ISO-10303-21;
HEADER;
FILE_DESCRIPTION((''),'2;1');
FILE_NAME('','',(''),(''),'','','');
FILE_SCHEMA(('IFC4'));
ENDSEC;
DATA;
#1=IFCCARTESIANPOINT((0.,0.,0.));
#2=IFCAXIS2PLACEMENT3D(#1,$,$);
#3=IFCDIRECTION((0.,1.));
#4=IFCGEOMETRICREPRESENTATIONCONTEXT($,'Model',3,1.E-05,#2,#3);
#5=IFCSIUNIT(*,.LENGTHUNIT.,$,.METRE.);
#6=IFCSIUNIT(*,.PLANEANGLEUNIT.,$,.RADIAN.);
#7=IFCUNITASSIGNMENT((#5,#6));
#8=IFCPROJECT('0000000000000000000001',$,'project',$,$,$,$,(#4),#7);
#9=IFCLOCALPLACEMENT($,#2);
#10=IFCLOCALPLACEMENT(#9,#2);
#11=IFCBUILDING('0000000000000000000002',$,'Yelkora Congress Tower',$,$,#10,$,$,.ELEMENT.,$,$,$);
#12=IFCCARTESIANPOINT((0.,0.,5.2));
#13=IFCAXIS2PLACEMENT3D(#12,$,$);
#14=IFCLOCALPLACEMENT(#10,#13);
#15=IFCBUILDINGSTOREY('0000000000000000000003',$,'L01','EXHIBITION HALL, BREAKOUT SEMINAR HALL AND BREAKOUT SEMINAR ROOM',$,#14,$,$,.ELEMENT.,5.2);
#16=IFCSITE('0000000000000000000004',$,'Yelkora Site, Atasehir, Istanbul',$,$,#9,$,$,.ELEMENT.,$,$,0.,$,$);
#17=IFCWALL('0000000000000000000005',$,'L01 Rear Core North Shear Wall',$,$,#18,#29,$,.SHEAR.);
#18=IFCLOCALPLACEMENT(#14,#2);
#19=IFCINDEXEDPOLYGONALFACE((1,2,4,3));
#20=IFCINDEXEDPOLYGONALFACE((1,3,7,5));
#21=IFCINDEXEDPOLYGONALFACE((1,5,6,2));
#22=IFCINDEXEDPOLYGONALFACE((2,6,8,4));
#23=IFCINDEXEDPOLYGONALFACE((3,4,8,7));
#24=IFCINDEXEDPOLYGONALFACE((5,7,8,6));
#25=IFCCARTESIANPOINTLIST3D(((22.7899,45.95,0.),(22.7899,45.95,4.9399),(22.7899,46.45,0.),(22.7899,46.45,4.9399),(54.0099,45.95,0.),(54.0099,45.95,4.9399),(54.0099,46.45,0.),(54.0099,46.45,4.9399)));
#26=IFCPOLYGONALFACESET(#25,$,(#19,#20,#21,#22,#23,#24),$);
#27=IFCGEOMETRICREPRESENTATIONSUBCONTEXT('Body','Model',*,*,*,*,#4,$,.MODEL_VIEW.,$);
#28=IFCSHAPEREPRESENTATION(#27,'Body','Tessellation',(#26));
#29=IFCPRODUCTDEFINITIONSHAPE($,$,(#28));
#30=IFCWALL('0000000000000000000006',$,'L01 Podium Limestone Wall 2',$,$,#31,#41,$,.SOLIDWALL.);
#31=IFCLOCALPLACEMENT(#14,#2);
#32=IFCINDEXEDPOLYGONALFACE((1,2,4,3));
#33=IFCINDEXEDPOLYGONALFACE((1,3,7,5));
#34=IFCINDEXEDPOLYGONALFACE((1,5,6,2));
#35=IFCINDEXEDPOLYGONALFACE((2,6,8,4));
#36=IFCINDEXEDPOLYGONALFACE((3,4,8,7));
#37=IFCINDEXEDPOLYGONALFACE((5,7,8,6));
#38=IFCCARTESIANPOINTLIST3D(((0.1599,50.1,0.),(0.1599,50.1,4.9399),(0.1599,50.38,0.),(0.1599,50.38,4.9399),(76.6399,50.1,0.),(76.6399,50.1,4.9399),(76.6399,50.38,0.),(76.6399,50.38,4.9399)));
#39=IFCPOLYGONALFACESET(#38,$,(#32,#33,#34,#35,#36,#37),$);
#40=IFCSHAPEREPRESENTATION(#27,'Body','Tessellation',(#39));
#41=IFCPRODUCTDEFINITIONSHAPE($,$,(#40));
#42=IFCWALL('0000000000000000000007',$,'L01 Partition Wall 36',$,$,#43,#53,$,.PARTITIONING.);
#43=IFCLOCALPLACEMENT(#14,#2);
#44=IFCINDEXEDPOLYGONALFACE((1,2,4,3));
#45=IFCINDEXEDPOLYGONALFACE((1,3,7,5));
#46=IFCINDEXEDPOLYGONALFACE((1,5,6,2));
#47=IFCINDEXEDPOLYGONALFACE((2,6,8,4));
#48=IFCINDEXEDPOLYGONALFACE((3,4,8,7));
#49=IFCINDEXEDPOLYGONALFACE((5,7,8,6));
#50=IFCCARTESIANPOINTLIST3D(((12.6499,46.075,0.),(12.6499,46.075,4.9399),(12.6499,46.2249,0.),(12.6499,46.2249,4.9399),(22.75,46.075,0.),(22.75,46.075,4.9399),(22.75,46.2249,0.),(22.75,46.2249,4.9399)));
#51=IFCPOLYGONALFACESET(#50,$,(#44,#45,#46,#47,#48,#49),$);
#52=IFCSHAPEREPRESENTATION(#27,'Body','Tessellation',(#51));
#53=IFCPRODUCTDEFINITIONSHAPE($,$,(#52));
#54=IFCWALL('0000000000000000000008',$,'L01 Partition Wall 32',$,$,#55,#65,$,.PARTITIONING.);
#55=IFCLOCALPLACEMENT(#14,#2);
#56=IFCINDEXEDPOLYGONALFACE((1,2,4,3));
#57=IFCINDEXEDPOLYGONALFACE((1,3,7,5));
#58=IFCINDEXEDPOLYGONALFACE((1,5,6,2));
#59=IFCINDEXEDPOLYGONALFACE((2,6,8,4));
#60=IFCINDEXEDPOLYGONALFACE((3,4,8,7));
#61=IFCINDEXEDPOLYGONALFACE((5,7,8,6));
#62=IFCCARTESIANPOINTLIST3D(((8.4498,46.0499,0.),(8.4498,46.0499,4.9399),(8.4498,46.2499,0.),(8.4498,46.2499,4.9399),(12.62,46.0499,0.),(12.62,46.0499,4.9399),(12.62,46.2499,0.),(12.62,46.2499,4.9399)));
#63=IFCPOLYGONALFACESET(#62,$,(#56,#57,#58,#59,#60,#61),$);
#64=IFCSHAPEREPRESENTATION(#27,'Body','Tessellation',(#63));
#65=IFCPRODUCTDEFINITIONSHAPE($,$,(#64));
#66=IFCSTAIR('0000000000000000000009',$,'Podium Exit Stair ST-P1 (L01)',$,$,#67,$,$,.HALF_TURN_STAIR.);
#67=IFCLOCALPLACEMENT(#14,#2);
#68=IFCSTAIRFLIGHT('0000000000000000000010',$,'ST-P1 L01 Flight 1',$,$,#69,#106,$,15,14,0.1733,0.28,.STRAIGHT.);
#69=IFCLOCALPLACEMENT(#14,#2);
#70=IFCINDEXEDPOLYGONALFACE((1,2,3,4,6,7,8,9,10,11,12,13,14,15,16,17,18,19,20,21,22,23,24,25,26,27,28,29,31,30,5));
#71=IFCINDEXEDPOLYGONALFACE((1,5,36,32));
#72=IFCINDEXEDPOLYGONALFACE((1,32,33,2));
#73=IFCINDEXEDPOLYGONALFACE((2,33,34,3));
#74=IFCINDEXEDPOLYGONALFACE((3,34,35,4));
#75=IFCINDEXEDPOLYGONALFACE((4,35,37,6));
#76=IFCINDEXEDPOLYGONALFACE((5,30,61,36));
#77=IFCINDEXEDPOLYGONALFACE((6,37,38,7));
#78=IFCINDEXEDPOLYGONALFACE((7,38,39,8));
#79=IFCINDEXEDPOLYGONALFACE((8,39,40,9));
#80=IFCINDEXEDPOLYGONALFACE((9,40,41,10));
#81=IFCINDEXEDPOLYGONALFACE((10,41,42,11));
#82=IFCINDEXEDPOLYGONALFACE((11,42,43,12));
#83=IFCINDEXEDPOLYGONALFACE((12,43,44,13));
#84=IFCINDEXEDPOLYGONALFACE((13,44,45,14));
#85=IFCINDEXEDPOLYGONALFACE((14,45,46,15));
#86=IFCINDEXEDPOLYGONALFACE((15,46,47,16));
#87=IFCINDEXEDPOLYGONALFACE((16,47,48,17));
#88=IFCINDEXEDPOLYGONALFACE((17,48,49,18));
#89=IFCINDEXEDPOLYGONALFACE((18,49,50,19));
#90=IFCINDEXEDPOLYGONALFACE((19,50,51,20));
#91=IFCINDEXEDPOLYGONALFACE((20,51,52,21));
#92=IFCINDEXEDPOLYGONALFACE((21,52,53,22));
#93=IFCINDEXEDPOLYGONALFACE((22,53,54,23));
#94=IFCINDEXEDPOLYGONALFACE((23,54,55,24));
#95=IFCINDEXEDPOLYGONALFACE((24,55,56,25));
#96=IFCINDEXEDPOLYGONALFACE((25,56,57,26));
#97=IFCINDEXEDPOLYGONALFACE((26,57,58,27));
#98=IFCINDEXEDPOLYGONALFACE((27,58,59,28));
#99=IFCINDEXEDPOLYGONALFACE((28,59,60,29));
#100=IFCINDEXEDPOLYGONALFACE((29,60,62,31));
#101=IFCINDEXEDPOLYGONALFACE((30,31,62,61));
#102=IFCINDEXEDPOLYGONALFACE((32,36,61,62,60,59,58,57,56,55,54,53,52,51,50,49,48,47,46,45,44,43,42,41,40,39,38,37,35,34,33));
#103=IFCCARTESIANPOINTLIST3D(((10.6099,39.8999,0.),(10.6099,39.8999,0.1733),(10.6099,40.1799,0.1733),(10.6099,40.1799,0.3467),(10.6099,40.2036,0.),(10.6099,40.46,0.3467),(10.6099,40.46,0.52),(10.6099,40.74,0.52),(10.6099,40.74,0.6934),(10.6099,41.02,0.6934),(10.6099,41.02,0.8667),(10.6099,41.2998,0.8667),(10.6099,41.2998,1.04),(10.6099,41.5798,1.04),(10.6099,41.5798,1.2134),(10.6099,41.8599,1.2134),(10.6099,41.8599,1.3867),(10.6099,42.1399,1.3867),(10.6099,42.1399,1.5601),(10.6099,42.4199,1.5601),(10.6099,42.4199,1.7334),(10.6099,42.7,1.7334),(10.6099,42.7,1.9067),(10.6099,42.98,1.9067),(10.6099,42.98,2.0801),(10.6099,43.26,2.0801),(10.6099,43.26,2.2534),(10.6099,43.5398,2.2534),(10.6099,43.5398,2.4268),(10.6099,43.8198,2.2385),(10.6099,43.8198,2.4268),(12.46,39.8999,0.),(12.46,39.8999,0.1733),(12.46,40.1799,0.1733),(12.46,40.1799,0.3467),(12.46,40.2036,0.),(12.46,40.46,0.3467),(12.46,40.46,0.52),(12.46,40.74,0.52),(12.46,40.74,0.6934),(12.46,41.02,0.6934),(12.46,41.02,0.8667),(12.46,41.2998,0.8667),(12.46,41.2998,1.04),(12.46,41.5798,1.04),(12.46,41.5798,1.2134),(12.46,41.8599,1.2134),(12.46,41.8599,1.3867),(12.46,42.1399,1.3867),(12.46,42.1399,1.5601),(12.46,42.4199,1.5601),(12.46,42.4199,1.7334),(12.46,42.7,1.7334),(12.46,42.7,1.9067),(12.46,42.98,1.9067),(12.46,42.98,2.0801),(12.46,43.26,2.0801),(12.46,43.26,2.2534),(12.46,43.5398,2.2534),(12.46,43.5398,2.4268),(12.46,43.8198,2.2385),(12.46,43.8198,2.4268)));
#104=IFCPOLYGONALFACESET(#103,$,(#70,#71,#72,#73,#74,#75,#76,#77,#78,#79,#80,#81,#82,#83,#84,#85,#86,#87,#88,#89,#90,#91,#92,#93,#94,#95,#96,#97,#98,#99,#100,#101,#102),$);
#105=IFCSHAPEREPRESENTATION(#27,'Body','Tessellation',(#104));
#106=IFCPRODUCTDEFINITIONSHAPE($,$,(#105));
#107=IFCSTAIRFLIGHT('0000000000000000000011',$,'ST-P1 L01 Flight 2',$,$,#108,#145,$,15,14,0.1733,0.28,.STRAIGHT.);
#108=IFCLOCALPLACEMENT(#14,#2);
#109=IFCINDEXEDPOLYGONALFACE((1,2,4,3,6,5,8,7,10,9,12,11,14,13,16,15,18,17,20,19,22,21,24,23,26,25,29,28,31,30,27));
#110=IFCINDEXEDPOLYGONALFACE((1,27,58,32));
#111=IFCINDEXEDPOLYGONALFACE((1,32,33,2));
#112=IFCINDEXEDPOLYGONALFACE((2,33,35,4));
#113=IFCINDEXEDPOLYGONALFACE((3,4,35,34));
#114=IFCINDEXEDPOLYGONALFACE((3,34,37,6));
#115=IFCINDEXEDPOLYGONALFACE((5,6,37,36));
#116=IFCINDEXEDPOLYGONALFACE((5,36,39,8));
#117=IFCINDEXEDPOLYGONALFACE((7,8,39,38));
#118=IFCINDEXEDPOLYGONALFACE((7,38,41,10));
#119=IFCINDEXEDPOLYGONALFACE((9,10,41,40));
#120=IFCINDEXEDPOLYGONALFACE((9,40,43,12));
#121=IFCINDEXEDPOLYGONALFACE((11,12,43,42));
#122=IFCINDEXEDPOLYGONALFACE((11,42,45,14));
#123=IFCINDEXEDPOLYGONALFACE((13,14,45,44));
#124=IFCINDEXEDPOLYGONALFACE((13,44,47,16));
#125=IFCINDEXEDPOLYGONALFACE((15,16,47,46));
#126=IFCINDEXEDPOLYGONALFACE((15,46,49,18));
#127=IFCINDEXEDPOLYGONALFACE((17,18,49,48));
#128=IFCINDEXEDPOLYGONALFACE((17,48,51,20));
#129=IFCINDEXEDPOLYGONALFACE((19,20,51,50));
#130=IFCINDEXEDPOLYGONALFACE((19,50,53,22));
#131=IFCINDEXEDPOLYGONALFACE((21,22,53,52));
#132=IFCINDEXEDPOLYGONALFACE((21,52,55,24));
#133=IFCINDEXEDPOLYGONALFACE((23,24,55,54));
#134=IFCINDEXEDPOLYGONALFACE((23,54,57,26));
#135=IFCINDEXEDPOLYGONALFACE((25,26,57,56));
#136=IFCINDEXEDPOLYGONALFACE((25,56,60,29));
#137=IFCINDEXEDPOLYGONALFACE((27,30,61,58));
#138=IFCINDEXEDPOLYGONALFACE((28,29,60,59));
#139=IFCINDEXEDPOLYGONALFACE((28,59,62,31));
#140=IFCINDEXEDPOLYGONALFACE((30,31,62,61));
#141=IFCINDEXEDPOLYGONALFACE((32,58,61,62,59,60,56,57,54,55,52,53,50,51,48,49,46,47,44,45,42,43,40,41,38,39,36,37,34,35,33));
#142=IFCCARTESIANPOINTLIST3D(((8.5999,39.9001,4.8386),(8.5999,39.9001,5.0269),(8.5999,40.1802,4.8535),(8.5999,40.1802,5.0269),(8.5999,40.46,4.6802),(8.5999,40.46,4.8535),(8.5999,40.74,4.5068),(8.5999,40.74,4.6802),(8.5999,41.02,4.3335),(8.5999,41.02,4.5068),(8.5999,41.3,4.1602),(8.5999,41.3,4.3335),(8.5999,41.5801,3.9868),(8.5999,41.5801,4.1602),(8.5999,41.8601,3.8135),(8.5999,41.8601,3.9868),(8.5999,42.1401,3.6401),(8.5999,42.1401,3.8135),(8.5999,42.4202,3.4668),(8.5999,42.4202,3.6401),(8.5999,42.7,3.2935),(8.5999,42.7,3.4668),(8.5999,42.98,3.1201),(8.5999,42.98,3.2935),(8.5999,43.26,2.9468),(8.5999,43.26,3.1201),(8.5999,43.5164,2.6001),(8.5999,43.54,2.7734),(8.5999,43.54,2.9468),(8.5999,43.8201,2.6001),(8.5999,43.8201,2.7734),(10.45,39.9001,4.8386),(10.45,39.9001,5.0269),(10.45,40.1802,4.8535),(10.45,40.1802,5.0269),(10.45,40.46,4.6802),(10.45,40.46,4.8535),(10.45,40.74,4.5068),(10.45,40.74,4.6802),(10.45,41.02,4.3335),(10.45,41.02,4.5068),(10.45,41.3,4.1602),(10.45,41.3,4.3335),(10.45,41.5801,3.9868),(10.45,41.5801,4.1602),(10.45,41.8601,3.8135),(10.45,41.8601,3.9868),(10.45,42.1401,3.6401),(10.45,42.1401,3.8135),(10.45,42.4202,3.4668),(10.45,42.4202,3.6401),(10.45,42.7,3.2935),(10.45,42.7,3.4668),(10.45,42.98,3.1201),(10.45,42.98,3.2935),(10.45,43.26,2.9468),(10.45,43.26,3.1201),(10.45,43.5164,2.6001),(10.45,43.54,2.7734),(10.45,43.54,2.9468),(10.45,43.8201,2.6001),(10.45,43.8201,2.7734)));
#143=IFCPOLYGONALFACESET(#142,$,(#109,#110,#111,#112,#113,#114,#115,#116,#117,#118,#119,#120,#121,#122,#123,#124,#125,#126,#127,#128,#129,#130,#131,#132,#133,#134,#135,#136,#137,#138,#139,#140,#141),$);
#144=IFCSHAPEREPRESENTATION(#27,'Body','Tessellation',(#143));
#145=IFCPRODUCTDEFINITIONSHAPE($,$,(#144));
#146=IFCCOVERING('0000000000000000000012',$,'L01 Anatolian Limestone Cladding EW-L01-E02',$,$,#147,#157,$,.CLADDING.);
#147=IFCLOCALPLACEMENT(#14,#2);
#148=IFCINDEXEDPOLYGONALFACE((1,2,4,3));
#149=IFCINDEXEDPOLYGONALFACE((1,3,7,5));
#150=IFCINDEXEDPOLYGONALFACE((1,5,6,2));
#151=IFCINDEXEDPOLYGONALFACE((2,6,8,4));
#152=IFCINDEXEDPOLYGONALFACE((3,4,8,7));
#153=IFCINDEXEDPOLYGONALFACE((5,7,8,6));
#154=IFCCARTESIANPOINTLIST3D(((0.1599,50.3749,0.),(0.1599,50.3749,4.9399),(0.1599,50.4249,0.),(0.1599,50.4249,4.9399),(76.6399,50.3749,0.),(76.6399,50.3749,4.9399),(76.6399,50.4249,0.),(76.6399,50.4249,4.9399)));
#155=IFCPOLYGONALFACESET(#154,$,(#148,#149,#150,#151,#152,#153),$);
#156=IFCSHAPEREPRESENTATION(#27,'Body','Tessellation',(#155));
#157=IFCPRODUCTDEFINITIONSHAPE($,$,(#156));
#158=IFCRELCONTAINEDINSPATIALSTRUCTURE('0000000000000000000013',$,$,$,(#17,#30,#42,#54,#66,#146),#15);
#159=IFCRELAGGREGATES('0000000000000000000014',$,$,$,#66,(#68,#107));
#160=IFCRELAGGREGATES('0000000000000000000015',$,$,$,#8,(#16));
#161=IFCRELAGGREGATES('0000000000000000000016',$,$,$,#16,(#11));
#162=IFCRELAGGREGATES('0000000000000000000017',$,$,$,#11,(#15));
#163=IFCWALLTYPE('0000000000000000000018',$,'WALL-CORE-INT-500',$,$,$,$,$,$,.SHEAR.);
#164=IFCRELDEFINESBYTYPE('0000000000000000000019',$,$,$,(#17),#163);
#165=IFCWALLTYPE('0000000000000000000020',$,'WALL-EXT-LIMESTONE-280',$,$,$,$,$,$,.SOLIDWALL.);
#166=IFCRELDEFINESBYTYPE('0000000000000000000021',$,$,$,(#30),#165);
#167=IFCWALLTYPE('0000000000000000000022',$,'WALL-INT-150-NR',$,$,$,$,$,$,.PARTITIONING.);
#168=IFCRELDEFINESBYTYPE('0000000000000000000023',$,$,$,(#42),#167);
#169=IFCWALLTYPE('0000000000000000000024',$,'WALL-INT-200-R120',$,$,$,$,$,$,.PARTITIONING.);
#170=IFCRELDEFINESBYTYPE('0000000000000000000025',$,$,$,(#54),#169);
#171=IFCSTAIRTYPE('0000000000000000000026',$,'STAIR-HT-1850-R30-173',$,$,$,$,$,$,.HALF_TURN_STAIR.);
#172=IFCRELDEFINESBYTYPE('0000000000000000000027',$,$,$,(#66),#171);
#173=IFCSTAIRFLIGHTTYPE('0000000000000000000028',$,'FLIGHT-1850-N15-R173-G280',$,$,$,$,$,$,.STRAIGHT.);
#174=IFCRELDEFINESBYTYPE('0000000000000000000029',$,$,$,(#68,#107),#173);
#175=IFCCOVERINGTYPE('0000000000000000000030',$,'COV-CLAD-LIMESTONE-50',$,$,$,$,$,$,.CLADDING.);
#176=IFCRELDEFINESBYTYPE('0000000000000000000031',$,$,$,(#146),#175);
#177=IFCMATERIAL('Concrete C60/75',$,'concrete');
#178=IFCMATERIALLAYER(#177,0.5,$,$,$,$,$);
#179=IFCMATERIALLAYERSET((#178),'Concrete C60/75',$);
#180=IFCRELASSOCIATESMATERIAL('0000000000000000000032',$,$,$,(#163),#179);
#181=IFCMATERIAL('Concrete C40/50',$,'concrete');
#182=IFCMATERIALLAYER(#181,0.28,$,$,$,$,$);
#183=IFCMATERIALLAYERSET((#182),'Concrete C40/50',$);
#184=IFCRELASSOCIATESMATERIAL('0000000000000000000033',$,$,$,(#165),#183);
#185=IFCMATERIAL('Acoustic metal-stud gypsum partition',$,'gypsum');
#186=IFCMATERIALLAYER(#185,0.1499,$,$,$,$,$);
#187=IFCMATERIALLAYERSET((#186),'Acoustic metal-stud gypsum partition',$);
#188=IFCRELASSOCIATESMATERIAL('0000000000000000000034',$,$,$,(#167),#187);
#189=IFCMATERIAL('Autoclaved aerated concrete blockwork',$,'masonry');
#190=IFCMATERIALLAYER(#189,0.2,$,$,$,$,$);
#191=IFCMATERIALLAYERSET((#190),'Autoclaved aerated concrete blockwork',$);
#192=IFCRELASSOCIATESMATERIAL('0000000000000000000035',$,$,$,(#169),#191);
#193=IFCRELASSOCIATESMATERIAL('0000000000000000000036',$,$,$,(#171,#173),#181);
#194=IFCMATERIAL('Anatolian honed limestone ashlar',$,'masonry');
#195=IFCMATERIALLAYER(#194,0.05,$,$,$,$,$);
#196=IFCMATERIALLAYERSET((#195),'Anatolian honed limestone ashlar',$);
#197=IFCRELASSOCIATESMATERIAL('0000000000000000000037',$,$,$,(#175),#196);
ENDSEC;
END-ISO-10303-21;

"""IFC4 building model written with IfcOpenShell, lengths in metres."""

from ifc_helpers import new_model, si_unit, direction, frame, frame_2d, origin, place, context, subcontext, project, spatial, polyline, rectangle, outline, extrude, material, layer, layer_set, type_object, element, aggregate, save


model = new_model("IFC4")

# Units and contexts
model_context = context("Model", 3, precision=1e-05, world=origin(), true_north=direction((0.0, 1.0)))
body_context = subcontext(model_context, "Body", "Model", "MODEL_VIEW")
ifc_project = project(units=[si_unit("LENGTHUNIT", "METRE"), si_unit("PLANEANGLEUNIT", "RADIAN")], contexts=[model_context])

# Site, building, storey
site_placement = place(None, origin())
site = spatial("IfcSite", under=ifc_project, at=site_placement, Name="Yelkora Site, Atasehir, Istanbul", CompositionType="ELEMENT", RefElevation=0.0)
building_placement = place(site_placement, origin())
building = spatial("IfcBuilding", under=site, at=building_placement, Name="Yelkora Congress Tower", CompositionType="ELEMENT")
storey_placement = place(building_placement, frame((0.0, 0.0, 5.2)))
storey = spatial("IfcBuildingStorey", under=building, at=storey_placement, Name="L01", Description="EXHIBITION HALL, BREAKOUT SEMINAR HALL AND BREAKOUT SEMINAR ROOM", CompositionType="ELEMENT", Elevation=5.2)

# Shared definitions
ifc_material_1 = material(Name="Concrete C60/75", Category="concrete")

# Walls
ifc_layer_1 = layer(ifc_material_1, 0.5)
ifc_layer_set_1 = layer_set([ifc_layer_1], Name="Concrete C60/75")
wall_type_1 = type_object("IfcWallType", Name="WALL-CORE-INT-500", PredefinedType="SHEAR", material=ifc_layer_set_1)
wall_1_placement = place(storey_placement, frame((22.79, 46.2, 0.0), z_axis=(0.0, 0.0, 1.0), x_axis=(1.0, 0.0, 0.0)))
element("IfcWall", 1, at=wall_1_placement, inside=storey, type_object=wall_type_1, Name="L01 Rear Core North Shear Wall", PredefinedType="SHEAR", context=body_context, shape_type="SweptSolid", body=[
    extrude(rectangle(XDim=31.22, YDim=0.5, at=frame_2d((15.6099, 0.0))), origin(), (0.0, 0.0, 1.0), 4.9399),
])
ifc_material_2 = material(Name="Concrete C40/50", Category="concrete")
ifc_layer_2 = layer(ifc_material_2, 0.28)
ifc_layer_set_2 = layer_set([ifc_layer_2], Name="Concrete C40/50")
wall_type_2 = type_object("IfcWallType", Name="WALL-EXT-LIMESTONE-280", PredefinedType="SOLIDWALL", material=ifc_layer_set_2)
wall_2_placement = place(storey_placement, frame((0.1599, 50.24, 0.0), z_axis=(0.0, 0.0, 1.0), x_axis=(1.0, 0.0, 0.0)))
element("IfcWall", 2, at=wall_2_placement, inside=storey, type_object=wall_type_2, Name="L01 Podium Limestone Wall 2", PredefinedType="SOLIDWALL", context=body_context, shape_type="SweptSolid", body=[
    extrude(rectangle(XDim=76.48, YDim=0.28, at=frame_2d((38.24, 0.0))), origin(), (0.0, 0.0, 1.0), 4.9399),
])
ifc_material_3 = material(Name="Acoustic metal-stud gypsum partition", Category="gypsum")
ifc_layer_3 = layer(ifc_material_3, 0.1499)
ifc_layer_set_3 = layer_set([ifc_layer_3], Name="Acoustic metal-stud gypsum partition")
wall_type_3 = type_object("IfcWallType", Name="WALL-INT-150-NR", PredefinedType="PARTITIONING", material=ifc_layer_set_3)
wall_3_placement = place(storey_placement, frame((12.6499, 46.1499, 0.0), z_axis=(0.0, 0.0, 1.0), x_axis=(1.0, 0.0, 0.0)))
element("IfcWall", 3, at=wall_3_placement, inside=storey, type_object=wall_type_3, Name="L01 Partition Wall 36", PredefinedType="PARTITIONING", context=body_context, shape_type="SweptSolid", body=[
    extrude(rectangle(XDim=10.1001, YDim=0.1499, at=frame_2d((5.05, 0.0))), origin(), (0.0, 0.0, 1.0), 4.9399),
])
ifc_material_4 = material(Name="Autoclaved aerated concrete blockwork", Category="masonry")
ifc_layer_4 = layer(ifc_material_4, 0.2)
ifc_layer_set_4 = layer_set([ifc_layer_4], Name="Autoclaved aerated concrete blockwork")
wall_type_4 = type_object("IfcWallType", Name="WALL-INT-200-R120", PredefinedType="PARTITIONING", material=ifc_layer_set_4)
wall_4_placement = place(storey_placement, frame((8.45, 46.1499, 0.0), z_axis=(0.0, 0.0, 1.0), x_axis=(1.0, 0.0, 0.0)))
element("IfcWall", 4, at=wall_4_placement, inside=storey, type_object=wall_type_4, Name="L01 Partition Wall 32", PredefinedType="PARTITIONING", context=body_context, shape_type="SweptSolid", body=[
    extrude(rectangle(XDim=4.1702, YDim=0.2, at=frame_2d((2.085, 0.0))), origin(), (0.0, 0.0, 1.0), 4.9399),
])

# Stair, stair flights
stair_type = type_object("IfcStairType", Name="STAIR-HT-1850-R30-173", PredefinedType="HALF_TURN_STAIR", material=ifc_material_2)
stair_placement = place(storey_placement, origin())
stair = element("IfcStair", 5, at=stair_placement, inside=storey, type_object=stair_type, Name="Podium Exit Stair ST-P1 (L01)", PredefinedType="HALF_TURN_STAIR")
stair_flight_type = type_object("IfcStairFlightType", Name="FLIGHT-1850-N15-R173-G280", PredefinedType="STRAIGHT", material=ifc_material_2)
stair_flight_1_placement = place(storey_placement, frame((11.5349, 39.8999, 0.0), z_axis=(0.0, 0.0, 1.0), x_axis=(0.0, 1.0, 0.0)))
stair_flight_1 = element("IfcStairFlight", 6, at=stair_flight_1_placement, type_object=stair_flight_type, Name="ST-P1 L01 Flight 1", NumberOfRisers=15, NumberOfTreads=14, PredefinedType="STRAIGHT", RiserHeight=0.1733, TreadLength=0.28, context=body_context, shape_type="SweptSolid", body=[
    extrude(outline(polyline([(0.0, 0.0), (0.0, 0.1733), (0.28, 0.1733), (0.28, 0.3467), (0.5601, 0.3467), (0.5601, 0.52), (0.8401, 0.52), (0.8401, 0.6934), (1.1201, 0.6934), (1.1201, 0.8667), (1.3999, 0.8667), (1.3999, 1.04), (1.6799, 1.04), (1.6799, 1.2134), (1.96, 1.2134), (1.96, 1.3867), (2.24, 1.3867), (2.24, 1.5601), (2.52, 1.5601), (2.52, 1.7334), (2.8, 1.7334), (2.8, 1.9067), (3.0801, 1.9067), (3.0801, 2.0801), (3.3601, 2.0801), (3.3601, 2.2534), (3.6399, 2.2534), (3.6399, 2.4268), (3.9199, 2.4268), (3.9199, 2.6001), (3.9199, 2.2385), (0.3037, 0.0), (0.0, 0.0)])), frame((0.0, 0.925, 0.0), z_axis=(0.0, -1.0, 0.0), x_axis=(1.0, 0.0, 0.0)), (0.0, 0.0, 1.0), 1.8501),
])
stair_flight_2_placement = place(storey_placement, frame((9.5249, 43.8201, 2.6001), z_axis=(0.0, 0.0, 1.0), x_axis=(0.0, -1.0, 0.0)))
stair_flight_2 = element("IfcStairFlight", 7, at=stair_flight_2_placement, type_object=stair_flight_type, Name="ST-P1 L01 Flight 2", NumberOfRisers=15, NumberOfTreads=14, PredefinedType="STRAIGHT", RiserHeight=0.1733, TreadLength=0.28, context=body_context, shape_type="SweptSolid", body=[
    extrude(outline(polyline([(0.0, 0.0), (0.0, 0.1733), (0.28, 0.1733), (0.28, 0.3467), (0.5601, 0.3467), (0.5601, 0.52), (0.8401, 0.52), (0.8401, 0.6934), (1.1201, 0.6934), (1.1201, 0.8667), (1.3999, 0.8667), (1.3999, 1.04), (1.6799, 1.04), (1.6799, 1.2134), (1.96, 1.2134), (1.96, 1.3867), (2.24, 1.3867), (2.24, 1.5601), (2.52, 1.5601), (2.52, 1.7334), (2.8, 1.7334), (2.8, 1.9067), (3.0801, 1.9067), (3.0801, 2.0801), (3.3601, 2.0801), (3.3601, 2.2534), (3.6399, 2.2534), (3.6399, 2.4268), (3.9199, 2.4268), (3.9199, 2.6001), (3.9199, 2.2385), (0.3037, 0.0), (0.0, 0.0)])), frame((0.0, 0.925, 0.0), z_axis=(0.0, -1.0, 0.0), x_axis=(1.0, 0.0, 0.0)), (0.0, 0.0, 1.0), 1.8501),
])
aggregate(stair, [stair_flight_1, stair_flight_2])

# Covering
ifc_material_5 = material(Name="Anatolian honed limestone ashlar", Category="masonry")
ifc_layer_5 = layer(ifc_material_5, 0.05)
ifc_layer_set_5 = layer_set([ifc_layer_5], Name="Anatolian honed limestone ashlar")
covering_type = type_object("IfcCoveringType", Name="COV-CLAD-LIMESTONE-50", PredefinedType="CLADDING", material=ifc_layer_set_5)
covering_placement = place(storey_placement, frame((0.1599, 50.3999, 0.0), z_axis=(0.0, 0.0, 1.0), x_axis=(1.0, 0.0, 0.0)))
element("IfcCovering", 8, at=covering_placement, inside=storey, type_object=covering_type, Name="L01 Anatolian Limestone Cladding EW-L01-E02", PredefinedType="CLADDING", context=body_context, shape_type="SweptSolid", body=[
    extrude(rectangle(XDim=76.48, YDim=0.05, at=frame_2d((38.24, 0.0))), origin(), (0.0, 0.0, 1.0), 4.9399),
])

save(model, "model.ifc")
